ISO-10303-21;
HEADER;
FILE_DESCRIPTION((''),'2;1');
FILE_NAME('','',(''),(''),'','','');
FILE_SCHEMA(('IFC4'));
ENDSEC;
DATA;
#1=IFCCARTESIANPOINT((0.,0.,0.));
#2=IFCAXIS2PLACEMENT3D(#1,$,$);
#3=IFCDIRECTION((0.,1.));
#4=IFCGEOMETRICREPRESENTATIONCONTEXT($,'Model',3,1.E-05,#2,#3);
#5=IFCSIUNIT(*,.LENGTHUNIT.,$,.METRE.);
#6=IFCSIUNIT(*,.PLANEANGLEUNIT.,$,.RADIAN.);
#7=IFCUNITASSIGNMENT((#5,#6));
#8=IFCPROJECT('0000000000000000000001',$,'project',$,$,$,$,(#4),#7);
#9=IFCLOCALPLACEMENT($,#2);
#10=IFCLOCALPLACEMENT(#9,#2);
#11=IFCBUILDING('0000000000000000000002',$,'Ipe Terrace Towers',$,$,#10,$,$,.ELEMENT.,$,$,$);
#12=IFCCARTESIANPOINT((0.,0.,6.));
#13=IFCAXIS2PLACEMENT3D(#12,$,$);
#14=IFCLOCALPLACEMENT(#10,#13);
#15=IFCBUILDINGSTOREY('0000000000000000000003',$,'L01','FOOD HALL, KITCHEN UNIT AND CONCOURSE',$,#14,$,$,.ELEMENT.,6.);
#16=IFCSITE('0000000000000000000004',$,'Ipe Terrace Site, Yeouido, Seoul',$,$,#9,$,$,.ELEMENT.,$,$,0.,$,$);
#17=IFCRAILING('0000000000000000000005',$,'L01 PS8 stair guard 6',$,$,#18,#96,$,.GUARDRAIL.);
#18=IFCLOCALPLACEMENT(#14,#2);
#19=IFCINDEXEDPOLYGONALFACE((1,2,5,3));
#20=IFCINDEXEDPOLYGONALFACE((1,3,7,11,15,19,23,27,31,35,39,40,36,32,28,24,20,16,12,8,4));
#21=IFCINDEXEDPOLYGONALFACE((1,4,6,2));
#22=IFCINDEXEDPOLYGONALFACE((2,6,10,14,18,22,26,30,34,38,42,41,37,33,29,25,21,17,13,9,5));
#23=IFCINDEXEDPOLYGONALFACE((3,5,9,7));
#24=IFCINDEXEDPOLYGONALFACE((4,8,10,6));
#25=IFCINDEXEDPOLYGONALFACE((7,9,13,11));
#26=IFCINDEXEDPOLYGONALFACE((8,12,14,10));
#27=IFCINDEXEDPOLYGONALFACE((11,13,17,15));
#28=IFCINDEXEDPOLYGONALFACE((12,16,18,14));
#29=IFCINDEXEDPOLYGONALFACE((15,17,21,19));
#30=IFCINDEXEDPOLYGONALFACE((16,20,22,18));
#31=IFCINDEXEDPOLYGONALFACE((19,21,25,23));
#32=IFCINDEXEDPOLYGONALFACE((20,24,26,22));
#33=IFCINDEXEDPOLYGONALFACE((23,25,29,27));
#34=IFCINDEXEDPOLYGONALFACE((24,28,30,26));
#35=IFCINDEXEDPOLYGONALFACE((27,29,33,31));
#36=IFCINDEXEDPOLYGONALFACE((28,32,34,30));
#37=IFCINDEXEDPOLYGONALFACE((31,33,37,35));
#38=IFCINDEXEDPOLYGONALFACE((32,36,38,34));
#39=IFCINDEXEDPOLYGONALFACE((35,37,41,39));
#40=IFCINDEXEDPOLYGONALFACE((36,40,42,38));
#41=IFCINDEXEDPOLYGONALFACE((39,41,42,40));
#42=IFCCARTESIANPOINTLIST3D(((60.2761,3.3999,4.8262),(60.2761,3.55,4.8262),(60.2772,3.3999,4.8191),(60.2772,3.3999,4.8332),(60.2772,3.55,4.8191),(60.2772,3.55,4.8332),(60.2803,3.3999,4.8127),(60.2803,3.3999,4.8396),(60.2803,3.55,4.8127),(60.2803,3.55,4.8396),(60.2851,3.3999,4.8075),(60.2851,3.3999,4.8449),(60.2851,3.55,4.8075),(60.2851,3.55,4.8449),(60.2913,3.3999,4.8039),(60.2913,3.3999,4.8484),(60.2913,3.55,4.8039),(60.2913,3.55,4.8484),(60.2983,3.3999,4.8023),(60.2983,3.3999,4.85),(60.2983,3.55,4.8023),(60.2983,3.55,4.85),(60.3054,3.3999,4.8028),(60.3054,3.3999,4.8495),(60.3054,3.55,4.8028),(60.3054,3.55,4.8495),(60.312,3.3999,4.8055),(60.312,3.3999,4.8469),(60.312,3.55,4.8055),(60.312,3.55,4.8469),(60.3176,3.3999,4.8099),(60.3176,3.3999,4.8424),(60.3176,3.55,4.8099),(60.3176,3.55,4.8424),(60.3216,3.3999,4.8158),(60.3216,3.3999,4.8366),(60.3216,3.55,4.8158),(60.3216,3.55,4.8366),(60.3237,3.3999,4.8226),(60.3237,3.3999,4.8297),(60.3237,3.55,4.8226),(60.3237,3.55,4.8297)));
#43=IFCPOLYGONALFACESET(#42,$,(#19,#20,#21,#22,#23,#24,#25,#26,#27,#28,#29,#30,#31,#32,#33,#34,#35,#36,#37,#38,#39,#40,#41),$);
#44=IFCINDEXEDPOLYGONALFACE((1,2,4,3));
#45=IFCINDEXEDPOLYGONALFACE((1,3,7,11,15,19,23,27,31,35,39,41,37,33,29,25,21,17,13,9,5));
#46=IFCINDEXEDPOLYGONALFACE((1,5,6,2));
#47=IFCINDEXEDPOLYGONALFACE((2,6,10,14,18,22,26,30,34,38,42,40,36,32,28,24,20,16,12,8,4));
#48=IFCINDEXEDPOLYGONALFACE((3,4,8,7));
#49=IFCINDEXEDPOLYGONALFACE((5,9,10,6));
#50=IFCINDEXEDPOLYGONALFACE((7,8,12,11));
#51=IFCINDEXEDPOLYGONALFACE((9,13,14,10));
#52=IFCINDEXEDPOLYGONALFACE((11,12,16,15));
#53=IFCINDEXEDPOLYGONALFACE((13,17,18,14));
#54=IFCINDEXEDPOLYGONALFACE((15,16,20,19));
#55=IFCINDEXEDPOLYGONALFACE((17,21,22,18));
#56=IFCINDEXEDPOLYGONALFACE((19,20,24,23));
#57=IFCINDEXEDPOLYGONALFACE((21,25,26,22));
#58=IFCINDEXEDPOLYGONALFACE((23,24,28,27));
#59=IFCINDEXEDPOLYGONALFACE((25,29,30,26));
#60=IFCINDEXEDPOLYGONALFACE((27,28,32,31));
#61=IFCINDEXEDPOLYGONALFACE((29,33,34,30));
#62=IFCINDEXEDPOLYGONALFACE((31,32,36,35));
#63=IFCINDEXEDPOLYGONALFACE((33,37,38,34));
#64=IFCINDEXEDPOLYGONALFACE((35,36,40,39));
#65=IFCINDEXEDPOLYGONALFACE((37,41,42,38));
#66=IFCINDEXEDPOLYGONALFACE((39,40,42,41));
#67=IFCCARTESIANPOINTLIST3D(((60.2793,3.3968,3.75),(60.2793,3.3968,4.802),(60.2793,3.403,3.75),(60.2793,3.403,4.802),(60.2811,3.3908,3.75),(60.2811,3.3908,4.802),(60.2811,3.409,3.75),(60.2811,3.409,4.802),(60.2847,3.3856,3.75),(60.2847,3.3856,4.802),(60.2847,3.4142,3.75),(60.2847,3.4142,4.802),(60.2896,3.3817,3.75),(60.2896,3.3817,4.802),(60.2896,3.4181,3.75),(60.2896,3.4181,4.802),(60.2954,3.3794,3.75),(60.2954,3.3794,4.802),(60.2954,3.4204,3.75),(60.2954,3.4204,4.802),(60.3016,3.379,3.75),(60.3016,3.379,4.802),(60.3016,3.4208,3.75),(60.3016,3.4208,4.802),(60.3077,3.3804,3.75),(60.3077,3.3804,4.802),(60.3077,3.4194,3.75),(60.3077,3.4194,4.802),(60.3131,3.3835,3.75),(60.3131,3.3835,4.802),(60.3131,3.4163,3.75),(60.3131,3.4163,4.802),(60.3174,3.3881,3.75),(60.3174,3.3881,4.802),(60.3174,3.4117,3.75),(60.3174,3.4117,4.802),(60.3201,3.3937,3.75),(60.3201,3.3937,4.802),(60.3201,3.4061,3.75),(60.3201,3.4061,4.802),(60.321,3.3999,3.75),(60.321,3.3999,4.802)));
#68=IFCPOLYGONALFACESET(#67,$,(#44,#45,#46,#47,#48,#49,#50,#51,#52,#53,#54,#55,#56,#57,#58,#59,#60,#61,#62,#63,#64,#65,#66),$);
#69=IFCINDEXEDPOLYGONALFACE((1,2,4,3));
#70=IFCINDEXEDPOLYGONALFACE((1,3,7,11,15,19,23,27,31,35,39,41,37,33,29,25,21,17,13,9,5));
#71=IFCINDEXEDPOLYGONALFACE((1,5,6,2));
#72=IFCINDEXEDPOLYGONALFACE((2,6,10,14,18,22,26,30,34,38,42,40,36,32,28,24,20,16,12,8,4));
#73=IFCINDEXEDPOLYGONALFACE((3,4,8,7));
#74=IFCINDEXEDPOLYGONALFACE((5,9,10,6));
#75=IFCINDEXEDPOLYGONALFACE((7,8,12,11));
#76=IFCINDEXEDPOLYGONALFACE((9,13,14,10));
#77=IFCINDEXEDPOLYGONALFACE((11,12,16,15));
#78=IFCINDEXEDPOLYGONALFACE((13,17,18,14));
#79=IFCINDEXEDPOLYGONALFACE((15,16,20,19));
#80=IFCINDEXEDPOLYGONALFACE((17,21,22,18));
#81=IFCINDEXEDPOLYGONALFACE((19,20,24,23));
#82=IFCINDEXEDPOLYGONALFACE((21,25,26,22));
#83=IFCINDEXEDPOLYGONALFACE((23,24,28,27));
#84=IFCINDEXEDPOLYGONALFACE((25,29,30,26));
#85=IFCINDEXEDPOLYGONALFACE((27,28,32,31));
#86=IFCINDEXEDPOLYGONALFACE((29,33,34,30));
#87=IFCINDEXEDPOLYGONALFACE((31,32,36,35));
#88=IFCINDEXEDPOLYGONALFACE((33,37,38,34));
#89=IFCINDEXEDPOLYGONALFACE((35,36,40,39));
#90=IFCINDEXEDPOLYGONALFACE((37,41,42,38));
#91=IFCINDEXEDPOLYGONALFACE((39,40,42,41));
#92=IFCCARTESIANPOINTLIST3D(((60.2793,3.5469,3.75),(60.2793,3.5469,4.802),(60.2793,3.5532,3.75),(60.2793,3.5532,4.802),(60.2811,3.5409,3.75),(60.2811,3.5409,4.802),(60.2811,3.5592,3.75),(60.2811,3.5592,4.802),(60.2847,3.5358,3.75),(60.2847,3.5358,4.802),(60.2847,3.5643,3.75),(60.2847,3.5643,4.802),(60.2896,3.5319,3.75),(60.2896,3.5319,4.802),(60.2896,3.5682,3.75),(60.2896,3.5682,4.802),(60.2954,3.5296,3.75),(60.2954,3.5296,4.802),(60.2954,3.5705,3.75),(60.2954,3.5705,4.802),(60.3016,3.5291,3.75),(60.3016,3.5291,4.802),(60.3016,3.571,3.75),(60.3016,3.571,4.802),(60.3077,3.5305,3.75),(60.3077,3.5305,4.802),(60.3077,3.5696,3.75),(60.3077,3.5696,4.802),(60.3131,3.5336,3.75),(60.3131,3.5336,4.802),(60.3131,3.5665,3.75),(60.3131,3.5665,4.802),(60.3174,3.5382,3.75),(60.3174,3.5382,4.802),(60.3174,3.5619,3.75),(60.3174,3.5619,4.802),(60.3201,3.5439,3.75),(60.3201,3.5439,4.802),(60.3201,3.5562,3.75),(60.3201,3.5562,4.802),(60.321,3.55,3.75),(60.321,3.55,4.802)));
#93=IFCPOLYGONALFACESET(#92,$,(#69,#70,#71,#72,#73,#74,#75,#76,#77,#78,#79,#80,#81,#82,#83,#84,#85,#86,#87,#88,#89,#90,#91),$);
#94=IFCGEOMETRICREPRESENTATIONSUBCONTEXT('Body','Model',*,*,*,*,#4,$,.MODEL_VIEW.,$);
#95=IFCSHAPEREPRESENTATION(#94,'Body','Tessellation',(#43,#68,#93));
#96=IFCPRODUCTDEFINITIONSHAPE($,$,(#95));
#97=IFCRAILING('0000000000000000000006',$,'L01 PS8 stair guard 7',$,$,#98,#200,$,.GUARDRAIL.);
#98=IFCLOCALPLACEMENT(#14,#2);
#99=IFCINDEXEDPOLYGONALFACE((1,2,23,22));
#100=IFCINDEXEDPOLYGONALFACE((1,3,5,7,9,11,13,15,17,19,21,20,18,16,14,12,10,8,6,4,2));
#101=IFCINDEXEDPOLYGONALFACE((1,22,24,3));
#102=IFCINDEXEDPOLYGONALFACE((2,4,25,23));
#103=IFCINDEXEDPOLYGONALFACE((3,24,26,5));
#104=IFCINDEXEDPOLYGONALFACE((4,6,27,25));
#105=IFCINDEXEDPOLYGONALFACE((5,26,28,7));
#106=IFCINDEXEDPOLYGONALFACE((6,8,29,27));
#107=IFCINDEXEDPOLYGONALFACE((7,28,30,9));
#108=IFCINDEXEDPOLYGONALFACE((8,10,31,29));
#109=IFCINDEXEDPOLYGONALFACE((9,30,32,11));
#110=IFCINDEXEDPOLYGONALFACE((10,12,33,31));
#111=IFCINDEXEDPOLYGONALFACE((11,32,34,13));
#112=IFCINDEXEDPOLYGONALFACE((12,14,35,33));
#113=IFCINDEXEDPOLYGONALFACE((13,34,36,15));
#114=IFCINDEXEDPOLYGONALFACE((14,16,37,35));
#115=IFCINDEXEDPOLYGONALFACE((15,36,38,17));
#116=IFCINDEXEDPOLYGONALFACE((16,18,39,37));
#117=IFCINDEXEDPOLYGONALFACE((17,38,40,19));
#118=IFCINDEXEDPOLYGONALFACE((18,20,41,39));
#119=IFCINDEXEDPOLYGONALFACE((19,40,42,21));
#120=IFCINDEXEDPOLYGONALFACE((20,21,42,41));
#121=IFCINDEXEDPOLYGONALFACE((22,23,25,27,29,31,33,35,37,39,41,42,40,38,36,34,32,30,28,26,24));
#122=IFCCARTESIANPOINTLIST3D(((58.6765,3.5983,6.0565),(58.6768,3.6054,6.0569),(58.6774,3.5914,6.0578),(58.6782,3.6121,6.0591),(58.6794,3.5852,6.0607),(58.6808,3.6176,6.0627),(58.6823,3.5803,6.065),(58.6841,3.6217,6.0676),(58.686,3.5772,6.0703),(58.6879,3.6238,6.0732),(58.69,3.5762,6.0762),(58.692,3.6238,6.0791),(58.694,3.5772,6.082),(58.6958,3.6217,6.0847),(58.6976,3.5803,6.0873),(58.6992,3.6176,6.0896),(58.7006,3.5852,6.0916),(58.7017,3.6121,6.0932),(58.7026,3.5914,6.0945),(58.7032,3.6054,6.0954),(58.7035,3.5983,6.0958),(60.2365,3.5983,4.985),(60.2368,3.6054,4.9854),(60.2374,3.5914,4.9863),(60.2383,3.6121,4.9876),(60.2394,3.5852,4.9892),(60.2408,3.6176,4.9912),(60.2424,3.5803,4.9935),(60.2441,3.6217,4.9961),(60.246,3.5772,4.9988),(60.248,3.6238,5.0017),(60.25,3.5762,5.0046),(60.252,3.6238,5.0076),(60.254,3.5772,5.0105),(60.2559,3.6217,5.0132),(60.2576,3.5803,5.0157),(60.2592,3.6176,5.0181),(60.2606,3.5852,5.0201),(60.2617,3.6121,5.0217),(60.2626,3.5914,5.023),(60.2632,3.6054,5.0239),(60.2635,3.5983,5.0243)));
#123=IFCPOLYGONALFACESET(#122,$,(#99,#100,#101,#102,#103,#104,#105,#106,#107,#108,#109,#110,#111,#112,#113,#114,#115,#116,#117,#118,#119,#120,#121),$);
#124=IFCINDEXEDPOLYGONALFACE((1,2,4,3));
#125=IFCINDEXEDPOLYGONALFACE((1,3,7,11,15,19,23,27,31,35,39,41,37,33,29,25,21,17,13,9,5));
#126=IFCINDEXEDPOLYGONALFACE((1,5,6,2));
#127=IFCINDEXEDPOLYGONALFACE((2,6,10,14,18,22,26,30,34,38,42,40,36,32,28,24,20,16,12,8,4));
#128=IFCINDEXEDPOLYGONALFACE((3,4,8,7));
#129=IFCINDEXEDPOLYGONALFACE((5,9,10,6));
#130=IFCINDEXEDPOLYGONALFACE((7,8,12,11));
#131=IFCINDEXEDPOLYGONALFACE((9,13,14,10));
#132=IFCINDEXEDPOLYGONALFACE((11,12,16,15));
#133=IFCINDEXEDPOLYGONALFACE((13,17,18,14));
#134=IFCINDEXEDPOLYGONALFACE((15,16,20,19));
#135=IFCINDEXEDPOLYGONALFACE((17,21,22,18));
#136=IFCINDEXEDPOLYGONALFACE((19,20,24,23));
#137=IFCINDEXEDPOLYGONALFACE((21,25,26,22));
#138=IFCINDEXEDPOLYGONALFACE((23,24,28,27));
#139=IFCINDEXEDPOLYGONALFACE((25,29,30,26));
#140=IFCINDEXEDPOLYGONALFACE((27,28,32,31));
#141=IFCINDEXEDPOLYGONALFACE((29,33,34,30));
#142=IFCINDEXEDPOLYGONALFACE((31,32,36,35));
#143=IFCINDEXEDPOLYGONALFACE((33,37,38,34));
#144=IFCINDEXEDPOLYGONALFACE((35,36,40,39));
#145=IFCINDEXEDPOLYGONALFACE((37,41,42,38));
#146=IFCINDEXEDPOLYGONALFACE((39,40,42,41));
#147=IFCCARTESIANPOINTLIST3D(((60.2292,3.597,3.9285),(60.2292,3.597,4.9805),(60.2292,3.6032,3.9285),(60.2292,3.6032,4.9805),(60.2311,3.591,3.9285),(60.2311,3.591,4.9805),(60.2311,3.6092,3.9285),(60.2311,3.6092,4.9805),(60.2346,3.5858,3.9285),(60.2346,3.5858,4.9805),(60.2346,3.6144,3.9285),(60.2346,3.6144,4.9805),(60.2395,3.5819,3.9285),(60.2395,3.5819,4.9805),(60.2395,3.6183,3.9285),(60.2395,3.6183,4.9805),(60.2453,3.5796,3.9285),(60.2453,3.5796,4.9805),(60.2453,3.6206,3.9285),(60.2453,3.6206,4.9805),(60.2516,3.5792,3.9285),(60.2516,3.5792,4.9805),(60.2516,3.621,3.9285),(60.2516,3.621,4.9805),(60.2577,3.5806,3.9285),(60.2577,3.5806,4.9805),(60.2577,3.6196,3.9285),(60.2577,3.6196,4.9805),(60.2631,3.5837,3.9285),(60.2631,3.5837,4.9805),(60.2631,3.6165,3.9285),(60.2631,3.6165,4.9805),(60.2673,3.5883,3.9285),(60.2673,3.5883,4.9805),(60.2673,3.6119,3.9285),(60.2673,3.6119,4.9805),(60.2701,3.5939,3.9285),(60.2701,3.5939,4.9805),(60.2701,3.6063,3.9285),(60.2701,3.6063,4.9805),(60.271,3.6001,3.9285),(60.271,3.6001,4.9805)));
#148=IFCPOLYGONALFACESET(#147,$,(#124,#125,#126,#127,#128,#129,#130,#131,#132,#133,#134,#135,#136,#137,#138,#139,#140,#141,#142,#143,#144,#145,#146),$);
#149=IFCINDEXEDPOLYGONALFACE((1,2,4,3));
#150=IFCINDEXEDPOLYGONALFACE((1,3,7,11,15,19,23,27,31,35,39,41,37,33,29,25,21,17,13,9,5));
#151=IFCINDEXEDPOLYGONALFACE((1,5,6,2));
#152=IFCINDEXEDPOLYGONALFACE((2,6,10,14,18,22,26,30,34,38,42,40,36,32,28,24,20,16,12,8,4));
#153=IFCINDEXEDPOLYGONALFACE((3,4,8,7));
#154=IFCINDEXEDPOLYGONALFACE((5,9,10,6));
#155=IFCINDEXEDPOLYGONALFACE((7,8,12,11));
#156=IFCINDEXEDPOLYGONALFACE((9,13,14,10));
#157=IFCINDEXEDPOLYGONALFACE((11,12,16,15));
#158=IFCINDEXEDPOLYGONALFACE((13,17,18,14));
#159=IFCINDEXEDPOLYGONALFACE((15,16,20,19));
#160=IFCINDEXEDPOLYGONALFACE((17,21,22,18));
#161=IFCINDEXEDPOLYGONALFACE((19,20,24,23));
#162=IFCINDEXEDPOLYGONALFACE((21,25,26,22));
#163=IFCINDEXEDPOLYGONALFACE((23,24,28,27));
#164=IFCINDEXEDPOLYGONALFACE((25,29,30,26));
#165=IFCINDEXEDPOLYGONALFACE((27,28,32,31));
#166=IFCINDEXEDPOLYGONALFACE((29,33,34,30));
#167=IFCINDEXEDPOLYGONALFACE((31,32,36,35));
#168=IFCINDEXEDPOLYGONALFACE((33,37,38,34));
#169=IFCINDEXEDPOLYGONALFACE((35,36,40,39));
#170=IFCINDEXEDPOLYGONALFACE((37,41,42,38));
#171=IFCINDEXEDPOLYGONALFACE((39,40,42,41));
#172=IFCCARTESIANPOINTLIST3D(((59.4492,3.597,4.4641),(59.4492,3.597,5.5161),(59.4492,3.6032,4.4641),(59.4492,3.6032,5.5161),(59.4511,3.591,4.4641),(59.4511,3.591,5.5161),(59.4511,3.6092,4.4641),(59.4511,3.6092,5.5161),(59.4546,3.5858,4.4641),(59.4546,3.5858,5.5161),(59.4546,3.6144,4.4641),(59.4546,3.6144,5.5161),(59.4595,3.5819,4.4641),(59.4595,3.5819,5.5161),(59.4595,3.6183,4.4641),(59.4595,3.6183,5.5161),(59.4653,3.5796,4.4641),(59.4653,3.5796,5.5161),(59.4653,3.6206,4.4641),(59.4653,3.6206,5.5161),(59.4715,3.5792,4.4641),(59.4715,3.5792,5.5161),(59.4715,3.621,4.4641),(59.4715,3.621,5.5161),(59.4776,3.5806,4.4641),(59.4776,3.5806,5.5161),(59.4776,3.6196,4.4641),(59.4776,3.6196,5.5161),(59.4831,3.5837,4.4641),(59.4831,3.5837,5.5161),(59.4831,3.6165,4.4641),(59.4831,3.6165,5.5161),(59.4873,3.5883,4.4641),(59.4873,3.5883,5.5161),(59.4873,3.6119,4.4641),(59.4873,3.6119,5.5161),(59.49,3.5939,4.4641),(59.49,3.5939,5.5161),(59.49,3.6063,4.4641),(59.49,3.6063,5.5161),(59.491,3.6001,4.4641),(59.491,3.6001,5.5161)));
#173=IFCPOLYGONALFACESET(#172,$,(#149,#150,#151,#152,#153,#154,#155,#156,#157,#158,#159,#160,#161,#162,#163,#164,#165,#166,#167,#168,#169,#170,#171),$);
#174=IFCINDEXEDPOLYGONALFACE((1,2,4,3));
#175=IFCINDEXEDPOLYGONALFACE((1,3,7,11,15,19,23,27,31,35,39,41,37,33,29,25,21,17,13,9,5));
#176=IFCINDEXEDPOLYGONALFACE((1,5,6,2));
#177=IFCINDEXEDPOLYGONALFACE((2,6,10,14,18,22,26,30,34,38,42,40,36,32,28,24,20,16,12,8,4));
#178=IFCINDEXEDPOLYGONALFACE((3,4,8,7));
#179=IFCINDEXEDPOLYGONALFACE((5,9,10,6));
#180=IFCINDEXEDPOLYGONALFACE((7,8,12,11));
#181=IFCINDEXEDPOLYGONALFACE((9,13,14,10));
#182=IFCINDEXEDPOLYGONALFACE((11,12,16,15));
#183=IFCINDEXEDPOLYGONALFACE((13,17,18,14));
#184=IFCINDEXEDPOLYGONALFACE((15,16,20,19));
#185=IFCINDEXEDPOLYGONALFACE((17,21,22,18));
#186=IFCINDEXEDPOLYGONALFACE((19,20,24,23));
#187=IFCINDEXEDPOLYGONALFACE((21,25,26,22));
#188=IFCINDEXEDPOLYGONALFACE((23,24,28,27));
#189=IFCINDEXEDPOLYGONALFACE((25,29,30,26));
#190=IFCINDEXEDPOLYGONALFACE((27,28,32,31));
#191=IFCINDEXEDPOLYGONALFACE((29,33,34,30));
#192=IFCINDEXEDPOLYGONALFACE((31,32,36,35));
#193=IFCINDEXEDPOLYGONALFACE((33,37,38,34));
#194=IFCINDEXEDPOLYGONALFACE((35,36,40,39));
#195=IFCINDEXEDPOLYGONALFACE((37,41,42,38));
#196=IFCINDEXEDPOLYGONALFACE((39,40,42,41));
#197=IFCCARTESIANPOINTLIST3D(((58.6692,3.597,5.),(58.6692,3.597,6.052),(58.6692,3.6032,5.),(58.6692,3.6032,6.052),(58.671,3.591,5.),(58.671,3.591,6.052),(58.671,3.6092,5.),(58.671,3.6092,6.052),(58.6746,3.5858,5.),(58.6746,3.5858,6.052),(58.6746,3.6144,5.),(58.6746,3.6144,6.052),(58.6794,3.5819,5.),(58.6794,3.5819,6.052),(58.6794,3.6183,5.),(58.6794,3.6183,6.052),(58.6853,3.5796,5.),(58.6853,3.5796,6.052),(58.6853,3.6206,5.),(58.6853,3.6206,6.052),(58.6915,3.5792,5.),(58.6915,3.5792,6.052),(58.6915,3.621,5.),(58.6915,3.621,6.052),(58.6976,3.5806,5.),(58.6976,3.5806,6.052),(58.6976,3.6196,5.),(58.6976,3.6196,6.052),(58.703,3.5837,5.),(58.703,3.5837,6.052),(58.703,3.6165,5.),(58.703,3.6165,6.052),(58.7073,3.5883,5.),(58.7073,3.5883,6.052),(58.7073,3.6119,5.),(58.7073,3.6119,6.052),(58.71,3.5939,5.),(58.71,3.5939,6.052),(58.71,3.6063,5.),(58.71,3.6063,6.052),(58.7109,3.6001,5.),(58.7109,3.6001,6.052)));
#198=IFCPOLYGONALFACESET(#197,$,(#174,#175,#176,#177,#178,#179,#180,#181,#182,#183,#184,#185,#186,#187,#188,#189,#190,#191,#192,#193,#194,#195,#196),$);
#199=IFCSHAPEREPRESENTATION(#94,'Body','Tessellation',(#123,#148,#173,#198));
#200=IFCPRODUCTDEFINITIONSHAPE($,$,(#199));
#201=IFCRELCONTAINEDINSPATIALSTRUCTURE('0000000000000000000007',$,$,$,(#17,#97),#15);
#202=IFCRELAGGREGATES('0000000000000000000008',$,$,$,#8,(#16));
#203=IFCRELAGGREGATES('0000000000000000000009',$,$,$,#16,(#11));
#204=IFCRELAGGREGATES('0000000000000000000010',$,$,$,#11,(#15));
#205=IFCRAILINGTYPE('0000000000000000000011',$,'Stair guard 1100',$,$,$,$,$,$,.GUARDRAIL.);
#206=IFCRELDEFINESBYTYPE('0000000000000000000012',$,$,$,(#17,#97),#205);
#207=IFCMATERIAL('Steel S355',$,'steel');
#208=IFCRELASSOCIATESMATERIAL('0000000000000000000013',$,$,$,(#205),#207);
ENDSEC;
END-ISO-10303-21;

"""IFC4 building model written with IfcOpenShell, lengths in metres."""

from ifc_helpers import new_model, si_unit, direction, frame, origin, origin_2d, place, context, subcontext, project, spatial, circle, extrude, material, type_object, element, save


model = new_model("IFC4")

# Units and contexts
model_context = context("Model", 3, precision=1e-05, world=origin(), true_north=direction((0.0, 1.0)))
body_context = subcontext(model_context, "Body", "Model", "MODEL_VIEW")
ifc_project = project(units=[si_unit("LENGTHUNIT", "METRE"), si_unit("PLANEANGLEUNIT", "RADIAN")], contexts=[model_context])

# Site, building, storey
site_placement = place(None, origin())
site = spatial("IfcSite", under=ifc_project, at=site_placement, Name="Ipe Terrace Site, Yeouido, Seoul", CompositionType="ELEMENT", RefElevation=0.0)
building_placement = place(site_placement, origin())
building = spatial("IfcBuilding", under=site, at=building_placement, Name="Ipe Terrace Towers", CompositionType="ELEMENT")
storey_placement = place(building_placement, frame((0.0, 0.0, 6.0)))
storey = spatial("IfcBuildingStorey", under=building, at=storey_placement, Name="L01", Description="FOOD HALL, KITCHEN UNIT AND CONCOURSE", CompositionType="ELEMENT", Elevation=6.0)

# Railings
ifc_material_1 = material(Name="Steel S355", Category="steel")
railing_type_1 = type_object("IfcRailingType", Name="Stair guard 1100", PredefinedType="GUARDRAIL", material=ifc_material_1)
railing_1_placement = place(storey_placement, frame((60.3, 3.3999, 3.75)))
element("IfcRailing", 1, at=railing_1_placement, inside=storey, type_object=railing_type_1, Name="L01 PS8 stair guard 6", PredefinedType="GUARDRAIL", context=body_context, shape_type="SweptSolid", body=[
    extrude(circle(Radius=0.0239, at=origin_2d()), frame((0.0, 0.0, 1.0762), z_axis=(0.0, 1.0, 0.0), x_axis=(-1.0, 0.0, 0.0)), (0.0, 0.0, 1.0), 0.1501),
    extrude(circle(Radius=0.021, at=origin_2d()), origin(), (0.0, 0.0, 1.0), 1.052),
    extrude(circle(Radius=0.021, at=origin_2d()), frame((0.0, 0.1501, 0.0)), (0.0, 0.0, 1.0), 1.052),
])
railing_2_placement = place(storey_placement, frame((60.25, 3.6001, 3.9285)))
element("IfcRailing", 2, at=railing_2_placement, inside=storey, type_object=railing_type_1, Name="L01 PS8 stair guard 7", PredefinedType="GUARDRAIL", context=body_context, shape_type="SweptSolid", body=[
    extrude(circle(Radius=0.0239, at=origin_2d()), frame((0.0, 0.0, 1.0762), z_axis=(-0.82429, 0.0, 0.566167), x_axis=(0.0, -1.0, 0.0)), (0.0, 0.0, 1.0), 1.8926),
    extrude(circle(Radius=0.021, at=origin_2d()), origin(), (0.0, 0.0, 1.0), 1.052),
    extrude(circle(Radius=0.021, at=origin_2d()), frame((-0.78, 0.0, 0.5356)), (0.0, 0.0, 1.0), 1.052),
    extrude(circle(Radius=0.021, at=origin_2d()), frame((-1.5601, 0.0, 1.0715)), (0.0, 0.0, 1.0), 1.052),
])

save(model, "model.ifc")
